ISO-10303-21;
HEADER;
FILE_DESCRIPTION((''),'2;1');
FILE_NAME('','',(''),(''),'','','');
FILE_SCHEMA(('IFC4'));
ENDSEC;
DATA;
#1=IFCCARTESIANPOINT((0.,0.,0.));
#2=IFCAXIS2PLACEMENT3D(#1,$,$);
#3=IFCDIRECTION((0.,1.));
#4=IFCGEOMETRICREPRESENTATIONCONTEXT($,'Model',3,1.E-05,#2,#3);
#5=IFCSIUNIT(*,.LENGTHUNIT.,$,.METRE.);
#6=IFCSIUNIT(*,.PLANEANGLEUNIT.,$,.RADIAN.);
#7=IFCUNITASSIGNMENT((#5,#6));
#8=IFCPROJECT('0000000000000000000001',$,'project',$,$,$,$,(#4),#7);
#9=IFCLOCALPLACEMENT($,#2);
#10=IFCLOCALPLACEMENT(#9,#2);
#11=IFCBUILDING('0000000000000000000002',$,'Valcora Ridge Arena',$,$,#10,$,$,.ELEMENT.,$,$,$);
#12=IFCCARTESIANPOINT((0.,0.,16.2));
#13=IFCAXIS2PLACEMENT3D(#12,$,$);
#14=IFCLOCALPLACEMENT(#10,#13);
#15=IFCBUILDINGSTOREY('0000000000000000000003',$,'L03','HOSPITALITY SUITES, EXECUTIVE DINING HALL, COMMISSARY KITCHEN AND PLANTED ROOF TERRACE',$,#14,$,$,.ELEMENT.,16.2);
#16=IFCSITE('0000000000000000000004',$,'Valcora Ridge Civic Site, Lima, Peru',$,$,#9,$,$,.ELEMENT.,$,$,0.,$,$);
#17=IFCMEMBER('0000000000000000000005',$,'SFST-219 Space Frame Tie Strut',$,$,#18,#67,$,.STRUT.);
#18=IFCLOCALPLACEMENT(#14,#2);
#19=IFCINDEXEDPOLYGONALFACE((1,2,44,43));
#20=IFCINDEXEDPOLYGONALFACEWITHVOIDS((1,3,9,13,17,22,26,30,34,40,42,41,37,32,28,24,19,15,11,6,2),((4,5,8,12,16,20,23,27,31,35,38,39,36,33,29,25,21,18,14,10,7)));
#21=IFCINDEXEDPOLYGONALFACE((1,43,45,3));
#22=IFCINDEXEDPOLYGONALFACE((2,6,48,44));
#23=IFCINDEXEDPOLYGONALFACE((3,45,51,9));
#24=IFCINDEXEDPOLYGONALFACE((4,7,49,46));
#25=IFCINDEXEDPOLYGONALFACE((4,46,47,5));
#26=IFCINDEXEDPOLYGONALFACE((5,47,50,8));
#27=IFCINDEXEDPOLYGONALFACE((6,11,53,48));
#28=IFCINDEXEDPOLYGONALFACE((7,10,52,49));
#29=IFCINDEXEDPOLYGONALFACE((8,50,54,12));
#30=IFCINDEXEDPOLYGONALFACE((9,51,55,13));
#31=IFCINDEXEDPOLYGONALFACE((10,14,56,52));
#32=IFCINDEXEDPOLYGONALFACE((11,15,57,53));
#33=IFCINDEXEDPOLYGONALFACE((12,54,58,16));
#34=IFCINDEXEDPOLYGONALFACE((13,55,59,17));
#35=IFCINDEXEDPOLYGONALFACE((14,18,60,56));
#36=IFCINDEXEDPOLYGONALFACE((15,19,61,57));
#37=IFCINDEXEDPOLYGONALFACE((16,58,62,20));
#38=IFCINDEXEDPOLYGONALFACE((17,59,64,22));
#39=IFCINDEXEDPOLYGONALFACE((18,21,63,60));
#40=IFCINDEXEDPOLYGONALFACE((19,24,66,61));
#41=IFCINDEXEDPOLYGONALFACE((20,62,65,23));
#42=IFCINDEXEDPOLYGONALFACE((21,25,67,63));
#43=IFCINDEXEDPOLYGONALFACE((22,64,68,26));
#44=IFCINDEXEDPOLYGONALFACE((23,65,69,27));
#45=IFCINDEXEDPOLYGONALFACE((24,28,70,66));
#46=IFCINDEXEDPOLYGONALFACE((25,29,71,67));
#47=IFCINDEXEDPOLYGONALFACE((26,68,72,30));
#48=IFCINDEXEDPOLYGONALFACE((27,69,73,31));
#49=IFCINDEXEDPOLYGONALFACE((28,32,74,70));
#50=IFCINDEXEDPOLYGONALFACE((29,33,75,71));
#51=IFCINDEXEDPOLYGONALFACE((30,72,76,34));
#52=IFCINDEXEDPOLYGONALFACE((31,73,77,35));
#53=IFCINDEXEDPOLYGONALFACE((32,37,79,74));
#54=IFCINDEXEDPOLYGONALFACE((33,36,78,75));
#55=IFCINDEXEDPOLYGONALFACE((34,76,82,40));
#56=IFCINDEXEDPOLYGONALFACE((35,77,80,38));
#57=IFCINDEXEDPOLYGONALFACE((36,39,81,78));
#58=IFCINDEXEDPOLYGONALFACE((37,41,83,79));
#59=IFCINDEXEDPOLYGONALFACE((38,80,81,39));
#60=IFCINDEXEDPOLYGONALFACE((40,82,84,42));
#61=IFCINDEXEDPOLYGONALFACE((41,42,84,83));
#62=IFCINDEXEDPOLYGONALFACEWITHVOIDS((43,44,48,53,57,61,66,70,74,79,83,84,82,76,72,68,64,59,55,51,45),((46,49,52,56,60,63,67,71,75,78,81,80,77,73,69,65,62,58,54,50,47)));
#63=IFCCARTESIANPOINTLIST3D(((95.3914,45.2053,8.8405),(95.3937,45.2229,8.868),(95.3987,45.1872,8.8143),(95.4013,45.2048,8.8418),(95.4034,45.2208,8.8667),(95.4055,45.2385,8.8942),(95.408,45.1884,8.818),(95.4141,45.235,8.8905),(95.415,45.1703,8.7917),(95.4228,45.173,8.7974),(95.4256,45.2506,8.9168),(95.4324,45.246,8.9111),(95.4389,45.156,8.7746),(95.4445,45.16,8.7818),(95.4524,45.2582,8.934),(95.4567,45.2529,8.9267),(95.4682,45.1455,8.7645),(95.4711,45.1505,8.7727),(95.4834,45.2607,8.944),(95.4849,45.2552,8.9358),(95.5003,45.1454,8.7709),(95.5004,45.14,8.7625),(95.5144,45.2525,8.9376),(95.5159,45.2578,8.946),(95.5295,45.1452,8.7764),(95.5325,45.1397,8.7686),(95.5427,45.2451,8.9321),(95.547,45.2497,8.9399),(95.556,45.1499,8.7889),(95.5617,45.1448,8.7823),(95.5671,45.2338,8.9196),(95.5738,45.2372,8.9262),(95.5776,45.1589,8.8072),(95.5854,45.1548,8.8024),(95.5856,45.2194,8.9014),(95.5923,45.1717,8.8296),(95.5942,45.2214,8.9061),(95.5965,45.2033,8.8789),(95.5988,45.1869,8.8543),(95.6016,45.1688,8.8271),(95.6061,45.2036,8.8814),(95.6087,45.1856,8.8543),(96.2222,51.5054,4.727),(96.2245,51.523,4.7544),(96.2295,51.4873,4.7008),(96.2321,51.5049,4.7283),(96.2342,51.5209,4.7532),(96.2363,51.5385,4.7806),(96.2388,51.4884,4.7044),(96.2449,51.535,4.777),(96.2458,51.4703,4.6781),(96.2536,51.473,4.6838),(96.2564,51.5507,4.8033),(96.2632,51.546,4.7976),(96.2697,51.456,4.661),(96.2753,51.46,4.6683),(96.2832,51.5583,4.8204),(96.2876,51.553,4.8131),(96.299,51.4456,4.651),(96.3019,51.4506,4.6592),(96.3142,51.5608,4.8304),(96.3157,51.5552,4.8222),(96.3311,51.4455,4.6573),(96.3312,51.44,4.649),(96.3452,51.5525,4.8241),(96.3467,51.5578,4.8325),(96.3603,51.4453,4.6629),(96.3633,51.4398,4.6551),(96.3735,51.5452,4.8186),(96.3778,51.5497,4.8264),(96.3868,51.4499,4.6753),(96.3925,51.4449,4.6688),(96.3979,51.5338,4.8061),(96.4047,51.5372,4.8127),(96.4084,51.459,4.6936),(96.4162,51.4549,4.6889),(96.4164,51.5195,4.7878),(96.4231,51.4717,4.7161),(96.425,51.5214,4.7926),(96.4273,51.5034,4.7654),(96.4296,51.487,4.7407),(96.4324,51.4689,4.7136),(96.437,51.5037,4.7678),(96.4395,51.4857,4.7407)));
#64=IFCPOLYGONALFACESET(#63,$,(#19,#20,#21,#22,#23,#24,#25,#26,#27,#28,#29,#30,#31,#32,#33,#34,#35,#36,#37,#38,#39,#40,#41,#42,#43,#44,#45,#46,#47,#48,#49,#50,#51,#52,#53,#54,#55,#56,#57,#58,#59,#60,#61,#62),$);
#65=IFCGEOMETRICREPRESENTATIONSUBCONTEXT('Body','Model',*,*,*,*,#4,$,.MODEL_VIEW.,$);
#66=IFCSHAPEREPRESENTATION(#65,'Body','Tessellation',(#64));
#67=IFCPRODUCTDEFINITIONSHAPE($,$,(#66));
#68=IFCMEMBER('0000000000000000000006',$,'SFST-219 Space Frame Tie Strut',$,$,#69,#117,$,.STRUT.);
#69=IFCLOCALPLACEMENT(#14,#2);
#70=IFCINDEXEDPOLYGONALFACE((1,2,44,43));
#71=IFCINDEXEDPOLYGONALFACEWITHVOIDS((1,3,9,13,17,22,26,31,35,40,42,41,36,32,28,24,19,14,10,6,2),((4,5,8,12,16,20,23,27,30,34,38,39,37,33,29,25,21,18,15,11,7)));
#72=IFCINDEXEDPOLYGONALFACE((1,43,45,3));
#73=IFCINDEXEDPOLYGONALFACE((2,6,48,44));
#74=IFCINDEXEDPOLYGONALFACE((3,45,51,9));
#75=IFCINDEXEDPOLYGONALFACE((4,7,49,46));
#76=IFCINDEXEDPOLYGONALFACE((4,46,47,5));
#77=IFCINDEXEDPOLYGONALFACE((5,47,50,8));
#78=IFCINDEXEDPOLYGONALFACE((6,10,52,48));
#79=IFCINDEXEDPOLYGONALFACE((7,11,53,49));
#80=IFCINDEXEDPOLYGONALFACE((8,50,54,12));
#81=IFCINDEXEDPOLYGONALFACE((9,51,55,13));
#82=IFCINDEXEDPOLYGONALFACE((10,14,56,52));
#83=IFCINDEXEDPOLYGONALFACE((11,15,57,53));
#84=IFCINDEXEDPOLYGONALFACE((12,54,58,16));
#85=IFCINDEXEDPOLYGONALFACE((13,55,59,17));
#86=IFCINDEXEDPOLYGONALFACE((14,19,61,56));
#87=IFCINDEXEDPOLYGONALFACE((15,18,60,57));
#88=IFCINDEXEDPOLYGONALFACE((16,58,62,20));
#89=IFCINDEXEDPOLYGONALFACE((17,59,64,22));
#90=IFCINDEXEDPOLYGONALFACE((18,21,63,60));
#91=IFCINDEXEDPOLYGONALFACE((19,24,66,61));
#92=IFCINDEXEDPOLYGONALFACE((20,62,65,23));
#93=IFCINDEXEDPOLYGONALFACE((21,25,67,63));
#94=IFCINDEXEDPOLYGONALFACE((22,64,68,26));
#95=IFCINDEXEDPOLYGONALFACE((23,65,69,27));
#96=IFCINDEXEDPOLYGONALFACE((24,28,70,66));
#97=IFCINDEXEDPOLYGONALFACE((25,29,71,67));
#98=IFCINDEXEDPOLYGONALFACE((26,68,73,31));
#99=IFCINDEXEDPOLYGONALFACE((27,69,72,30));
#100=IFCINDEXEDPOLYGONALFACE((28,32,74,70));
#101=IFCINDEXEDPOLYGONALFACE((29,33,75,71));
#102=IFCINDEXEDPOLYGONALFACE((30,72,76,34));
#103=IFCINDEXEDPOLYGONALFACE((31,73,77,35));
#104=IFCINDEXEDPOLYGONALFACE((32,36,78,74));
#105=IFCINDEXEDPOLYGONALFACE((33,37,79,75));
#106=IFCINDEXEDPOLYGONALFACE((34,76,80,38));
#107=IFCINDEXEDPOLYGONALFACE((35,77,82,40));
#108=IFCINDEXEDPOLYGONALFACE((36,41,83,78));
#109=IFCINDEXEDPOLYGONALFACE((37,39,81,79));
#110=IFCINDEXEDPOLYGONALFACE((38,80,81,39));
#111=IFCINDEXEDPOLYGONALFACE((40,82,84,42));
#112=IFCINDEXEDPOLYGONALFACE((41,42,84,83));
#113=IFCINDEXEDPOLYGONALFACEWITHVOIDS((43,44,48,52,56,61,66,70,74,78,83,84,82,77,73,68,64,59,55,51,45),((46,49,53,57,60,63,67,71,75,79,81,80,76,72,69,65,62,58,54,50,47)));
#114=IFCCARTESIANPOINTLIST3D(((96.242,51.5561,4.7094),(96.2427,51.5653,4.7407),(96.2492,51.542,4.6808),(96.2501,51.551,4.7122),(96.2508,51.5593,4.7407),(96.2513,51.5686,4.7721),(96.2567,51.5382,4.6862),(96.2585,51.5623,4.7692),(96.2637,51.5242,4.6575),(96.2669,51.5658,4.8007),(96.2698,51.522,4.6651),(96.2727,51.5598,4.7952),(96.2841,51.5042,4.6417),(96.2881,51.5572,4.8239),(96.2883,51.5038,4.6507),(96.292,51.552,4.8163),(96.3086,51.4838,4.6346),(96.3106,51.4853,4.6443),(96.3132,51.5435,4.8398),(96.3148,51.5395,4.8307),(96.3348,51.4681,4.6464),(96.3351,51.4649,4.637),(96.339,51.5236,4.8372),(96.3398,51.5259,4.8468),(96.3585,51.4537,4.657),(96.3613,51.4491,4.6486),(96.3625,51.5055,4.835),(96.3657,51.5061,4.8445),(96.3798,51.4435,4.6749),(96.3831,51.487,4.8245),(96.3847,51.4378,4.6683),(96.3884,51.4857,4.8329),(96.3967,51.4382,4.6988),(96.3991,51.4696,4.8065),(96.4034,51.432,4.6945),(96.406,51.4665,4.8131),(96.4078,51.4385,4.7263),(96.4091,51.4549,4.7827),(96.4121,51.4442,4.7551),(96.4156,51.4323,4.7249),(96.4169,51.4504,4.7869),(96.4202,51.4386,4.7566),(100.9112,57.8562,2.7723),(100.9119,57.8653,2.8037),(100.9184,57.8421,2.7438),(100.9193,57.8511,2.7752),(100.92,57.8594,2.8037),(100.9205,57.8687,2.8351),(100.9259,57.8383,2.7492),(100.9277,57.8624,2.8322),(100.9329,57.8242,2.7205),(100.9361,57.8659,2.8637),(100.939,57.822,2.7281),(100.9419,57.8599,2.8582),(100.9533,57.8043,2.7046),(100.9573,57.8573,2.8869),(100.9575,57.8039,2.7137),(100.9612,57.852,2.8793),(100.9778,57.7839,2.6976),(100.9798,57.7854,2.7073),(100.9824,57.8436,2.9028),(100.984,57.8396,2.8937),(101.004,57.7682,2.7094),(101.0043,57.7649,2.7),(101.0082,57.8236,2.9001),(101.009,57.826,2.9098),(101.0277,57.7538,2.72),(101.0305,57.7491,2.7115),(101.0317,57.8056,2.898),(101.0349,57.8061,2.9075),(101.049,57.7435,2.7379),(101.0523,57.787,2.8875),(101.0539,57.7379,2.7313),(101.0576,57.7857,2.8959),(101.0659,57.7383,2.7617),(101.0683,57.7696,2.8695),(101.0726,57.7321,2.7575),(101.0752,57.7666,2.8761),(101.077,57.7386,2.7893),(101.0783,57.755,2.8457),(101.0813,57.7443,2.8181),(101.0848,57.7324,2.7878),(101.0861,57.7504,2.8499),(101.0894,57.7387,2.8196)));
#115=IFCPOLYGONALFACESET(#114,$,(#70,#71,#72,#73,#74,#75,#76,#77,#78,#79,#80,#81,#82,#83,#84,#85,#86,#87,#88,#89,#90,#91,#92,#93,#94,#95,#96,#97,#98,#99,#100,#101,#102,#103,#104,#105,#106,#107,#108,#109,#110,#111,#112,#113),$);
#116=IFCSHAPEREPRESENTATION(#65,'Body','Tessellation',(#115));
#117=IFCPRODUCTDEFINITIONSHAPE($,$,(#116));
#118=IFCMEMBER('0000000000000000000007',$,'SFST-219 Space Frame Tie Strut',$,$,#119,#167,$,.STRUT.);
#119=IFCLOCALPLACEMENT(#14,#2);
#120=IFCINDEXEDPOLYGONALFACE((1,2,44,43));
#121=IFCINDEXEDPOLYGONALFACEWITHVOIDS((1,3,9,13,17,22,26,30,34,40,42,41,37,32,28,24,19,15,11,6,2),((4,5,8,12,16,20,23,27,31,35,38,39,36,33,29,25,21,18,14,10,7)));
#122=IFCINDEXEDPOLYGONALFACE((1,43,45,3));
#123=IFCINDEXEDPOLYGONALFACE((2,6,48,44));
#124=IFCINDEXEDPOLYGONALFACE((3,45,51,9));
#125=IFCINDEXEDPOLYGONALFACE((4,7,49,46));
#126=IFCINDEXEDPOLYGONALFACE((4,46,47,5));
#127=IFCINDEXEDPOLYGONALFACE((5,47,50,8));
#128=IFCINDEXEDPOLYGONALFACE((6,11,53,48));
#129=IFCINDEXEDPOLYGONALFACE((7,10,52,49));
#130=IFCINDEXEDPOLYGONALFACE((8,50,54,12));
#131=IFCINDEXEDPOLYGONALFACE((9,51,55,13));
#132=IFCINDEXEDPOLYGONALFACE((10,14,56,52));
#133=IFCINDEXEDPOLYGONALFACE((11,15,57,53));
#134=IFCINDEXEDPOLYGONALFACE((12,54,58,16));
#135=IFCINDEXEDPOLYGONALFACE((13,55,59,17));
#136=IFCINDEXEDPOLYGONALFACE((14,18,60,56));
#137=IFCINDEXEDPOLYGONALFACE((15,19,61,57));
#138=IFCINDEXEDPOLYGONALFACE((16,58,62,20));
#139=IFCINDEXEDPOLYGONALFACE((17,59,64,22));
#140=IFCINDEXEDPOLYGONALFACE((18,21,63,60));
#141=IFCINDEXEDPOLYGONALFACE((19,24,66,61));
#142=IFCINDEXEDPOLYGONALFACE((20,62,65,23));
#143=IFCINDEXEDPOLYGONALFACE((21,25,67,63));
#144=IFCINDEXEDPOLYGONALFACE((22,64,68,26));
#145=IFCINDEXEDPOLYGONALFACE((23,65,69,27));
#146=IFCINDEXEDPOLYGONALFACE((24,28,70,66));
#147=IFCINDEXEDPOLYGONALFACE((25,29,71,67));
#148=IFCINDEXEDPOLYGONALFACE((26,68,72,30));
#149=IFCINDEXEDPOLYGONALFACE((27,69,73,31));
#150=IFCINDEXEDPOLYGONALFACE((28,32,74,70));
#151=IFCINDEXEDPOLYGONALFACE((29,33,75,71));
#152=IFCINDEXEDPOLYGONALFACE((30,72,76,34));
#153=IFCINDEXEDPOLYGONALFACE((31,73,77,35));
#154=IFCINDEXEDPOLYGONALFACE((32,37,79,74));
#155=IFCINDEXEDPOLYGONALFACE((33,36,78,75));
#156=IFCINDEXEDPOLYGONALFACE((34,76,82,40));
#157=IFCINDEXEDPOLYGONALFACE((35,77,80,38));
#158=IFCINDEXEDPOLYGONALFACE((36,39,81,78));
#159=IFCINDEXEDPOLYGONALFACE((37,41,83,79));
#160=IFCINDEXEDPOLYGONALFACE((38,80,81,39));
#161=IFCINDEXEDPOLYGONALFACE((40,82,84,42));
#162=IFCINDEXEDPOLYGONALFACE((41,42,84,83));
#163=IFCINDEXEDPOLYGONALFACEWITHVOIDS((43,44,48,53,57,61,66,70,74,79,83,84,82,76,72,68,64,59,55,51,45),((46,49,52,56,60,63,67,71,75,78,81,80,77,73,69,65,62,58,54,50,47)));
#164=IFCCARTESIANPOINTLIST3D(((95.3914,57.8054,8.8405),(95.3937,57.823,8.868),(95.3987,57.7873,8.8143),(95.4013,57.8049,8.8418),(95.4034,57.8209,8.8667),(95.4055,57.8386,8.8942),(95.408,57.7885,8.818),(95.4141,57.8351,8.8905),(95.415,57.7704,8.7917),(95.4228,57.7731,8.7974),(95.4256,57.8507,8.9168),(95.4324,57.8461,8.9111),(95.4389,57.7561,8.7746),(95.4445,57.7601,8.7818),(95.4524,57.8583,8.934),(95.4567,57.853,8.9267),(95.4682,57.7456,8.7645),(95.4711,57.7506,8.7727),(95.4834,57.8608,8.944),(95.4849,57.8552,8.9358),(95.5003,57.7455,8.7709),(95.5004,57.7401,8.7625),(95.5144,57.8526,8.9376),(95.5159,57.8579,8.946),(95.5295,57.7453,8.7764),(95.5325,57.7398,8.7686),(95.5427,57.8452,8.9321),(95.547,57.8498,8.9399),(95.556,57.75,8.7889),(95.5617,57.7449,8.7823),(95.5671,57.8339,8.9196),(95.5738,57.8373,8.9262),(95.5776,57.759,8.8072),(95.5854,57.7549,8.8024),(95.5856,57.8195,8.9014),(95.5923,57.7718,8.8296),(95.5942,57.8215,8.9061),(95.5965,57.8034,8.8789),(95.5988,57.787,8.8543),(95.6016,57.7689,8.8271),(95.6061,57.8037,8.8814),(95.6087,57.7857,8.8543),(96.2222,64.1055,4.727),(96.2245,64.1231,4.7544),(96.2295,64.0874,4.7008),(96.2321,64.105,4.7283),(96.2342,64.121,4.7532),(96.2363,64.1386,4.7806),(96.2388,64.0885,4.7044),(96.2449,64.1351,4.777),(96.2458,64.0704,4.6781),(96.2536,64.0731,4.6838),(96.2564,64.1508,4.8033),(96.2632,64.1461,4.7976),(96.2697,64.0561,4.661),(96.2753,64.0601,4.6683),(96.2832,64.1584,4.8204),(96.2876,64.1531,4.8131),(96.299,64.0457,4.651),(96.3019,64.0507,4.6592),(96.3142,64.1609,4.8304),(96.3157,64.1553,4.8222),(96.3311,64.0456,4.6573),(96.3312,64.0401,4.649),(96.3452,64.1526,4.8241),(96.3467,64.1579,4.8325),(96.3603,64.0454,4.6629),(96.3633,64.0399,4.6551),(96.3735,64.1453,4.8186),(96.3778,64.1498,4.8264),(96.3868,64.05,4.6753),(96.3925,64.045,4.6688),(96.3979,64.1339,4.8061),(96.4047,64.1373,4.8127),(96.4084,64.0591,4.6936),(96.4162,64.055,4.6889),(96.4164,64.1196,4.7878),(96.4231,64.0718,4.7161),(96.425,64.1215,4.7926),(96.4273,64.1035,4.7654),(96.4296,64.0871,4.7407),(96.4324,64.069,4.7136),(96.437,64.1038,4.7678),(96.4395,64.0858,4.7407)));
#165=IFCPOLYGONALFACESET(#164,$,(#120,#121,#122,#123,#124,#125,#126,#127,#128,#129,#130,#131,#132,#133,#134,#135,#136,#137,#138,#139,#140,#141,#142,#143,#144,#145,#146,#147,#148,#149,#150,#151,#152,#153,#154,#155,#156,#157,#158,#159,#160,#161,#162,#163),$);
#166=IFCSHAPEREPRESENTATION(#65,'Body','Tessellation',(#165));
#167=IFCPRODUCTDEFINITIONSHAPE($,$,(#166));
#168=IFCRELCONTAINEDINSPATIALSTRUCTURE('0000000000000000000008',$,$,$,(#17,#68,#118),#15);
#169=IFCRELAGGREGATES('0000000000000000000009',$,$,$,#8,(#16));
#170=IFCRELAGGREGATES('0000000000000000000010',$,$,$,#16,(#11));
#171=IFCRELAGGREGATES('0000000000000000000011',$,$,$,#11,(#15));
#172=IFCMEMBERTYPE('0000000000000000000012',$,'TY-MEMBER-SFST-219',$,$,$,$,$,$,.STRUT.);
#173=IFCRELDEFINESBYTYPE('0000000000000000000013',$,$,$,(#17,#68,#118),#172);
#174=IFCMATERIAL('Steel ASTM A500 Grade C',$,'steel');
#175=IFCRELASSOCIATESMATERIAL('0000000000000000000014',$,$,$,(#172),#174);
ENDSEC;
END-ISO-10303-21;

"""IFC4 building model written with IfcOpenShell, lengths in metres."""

from ifc_helpers import new_model, si_unit, direction, frame, origin, origin_2d, place, context, subcontext, project, spatial, hollow_circle, extrude, material, material_profile, profile_set, type_object, element, save


model = new_model("IFC4")

# Units and contexts
model_context = context("Model", 3, precision=1e-05, world=origin(), true_north=direction((0.0, 1.0)))
body_context = subcontext(model_context, "Body", "Model", "MODEL_VIEW")
ifc_project = project(units=[si_unit("LENGTHUNIT", "METRE"), si_unit("PLANEANGLEUNIT", "RADIAN")], contexts=[model_context])

# Site, building, storey
site_placement = place(None, origin())
site = spatial("IfcSite", under=ifc_project, at=site_placement, Name="Valcora Ridge Civic Site, Lima, Peru", CompositionType="ELEMENT", RefElevation=0.0)
building_placement = place(site_placement, origin())
building = spatial("IfcBuilding", under=site, at=building_placement, Name="Valcora Ridge Arena", CompositionType="ELEMENT")
storey_placement = place(building_placement, frame((0.0, 0.0, 16.2)))
storey = spatial("IfcBuildingStorey", under=building, at=storey_placement, Name="L03", Description="HOSPITALITY SUITES, EXECUTIVE DINING HALL, COMMISSARY KITCHEN AND PLANTED ROOF TERRACE", CompositionType="ELEMENT", Elevation=16.2)

# Members
ifc_material_1 = material(Name="Steel ASTM A500 Grade C", Category="steel")
ifc_material_profile_1 = material_profile(ifc_material_1, hollow_circle(Radius=0.1096, WallThickness=0.01, at=origin_2d()), Name="CHS219X10")
ifc_profile_set_1 = profile_set([ifc_material_profile_1], Name="Steel ASTM A500 Grade C")
member_type_1 = type_object("IfcMemberType", Name="TY-MEMBER-SFST-219", PredefinedType="STRUT", material=ifc_profile_set_1)
member_1_placement = place(storey_placement, frame((96.3308, 51.5, 4.7407), z_axis=(-0.109753, -0.83226, 0.543412), x_axis=(0.991416, -0.130742, 0.0)))
element("IfcMember", 1, at=member_1_placement, inside=storey, type_object=member_type_1, Name="SFST-219 Space Frame Tie Strut", PredefinedType="STRUT", context=body_context, shape_type="SweptSolid", body=[
    extrude(hollow_circle(Radius=0.1096, WallThickness=0.01, at=origin_2d()), origin(), (0.0, 0.0, 1.0), 7.5698),
])
member_2_placement = place(storey_placement, frame((96.3308, 51.5, 4.7407), z_axis=(0.578058, 0.779963, -0.239807), x_axis=(-0.803405, 0.595432, 0.0)))
element("IfcMember", 2, at=member_2_placement, inside=storey, type_object=member_type_1, Name="SFST-219 Space Frame Tie Strut", PredefinedType="STRUT", context=body_context, shape_type="SweptSolid", body=[
    extrude(hollow_circle(Radius=0.1096, WallThickness=0.01, at=origin_2d()), origin(), (0.0, 0.0, 1.0), 8.0774),
])
member_3_placement = place(storey_placement, frame((96.3308, 64.1001, 4.7407), z_axis=(-0.109753, -0.83226, 0.543412), x_axis=(0.991416, -0.130742, 0.0)))
element("IfcMember", 3, at=member_3_placement, inside=storey, type_object=member_type_1, Name="SFST-219 Space Frame Tie Strut", PredefinedType="STRUT", context=body_context, shape_type="SweptSolid", body=[
    extrude(hollow_circle(Radius=0.1096, WallThickness=0.01, at=origin_2d()), origin(), (0.0, 0.0, 1.0), 7.5698),
])

save(model, "model.ifc")
